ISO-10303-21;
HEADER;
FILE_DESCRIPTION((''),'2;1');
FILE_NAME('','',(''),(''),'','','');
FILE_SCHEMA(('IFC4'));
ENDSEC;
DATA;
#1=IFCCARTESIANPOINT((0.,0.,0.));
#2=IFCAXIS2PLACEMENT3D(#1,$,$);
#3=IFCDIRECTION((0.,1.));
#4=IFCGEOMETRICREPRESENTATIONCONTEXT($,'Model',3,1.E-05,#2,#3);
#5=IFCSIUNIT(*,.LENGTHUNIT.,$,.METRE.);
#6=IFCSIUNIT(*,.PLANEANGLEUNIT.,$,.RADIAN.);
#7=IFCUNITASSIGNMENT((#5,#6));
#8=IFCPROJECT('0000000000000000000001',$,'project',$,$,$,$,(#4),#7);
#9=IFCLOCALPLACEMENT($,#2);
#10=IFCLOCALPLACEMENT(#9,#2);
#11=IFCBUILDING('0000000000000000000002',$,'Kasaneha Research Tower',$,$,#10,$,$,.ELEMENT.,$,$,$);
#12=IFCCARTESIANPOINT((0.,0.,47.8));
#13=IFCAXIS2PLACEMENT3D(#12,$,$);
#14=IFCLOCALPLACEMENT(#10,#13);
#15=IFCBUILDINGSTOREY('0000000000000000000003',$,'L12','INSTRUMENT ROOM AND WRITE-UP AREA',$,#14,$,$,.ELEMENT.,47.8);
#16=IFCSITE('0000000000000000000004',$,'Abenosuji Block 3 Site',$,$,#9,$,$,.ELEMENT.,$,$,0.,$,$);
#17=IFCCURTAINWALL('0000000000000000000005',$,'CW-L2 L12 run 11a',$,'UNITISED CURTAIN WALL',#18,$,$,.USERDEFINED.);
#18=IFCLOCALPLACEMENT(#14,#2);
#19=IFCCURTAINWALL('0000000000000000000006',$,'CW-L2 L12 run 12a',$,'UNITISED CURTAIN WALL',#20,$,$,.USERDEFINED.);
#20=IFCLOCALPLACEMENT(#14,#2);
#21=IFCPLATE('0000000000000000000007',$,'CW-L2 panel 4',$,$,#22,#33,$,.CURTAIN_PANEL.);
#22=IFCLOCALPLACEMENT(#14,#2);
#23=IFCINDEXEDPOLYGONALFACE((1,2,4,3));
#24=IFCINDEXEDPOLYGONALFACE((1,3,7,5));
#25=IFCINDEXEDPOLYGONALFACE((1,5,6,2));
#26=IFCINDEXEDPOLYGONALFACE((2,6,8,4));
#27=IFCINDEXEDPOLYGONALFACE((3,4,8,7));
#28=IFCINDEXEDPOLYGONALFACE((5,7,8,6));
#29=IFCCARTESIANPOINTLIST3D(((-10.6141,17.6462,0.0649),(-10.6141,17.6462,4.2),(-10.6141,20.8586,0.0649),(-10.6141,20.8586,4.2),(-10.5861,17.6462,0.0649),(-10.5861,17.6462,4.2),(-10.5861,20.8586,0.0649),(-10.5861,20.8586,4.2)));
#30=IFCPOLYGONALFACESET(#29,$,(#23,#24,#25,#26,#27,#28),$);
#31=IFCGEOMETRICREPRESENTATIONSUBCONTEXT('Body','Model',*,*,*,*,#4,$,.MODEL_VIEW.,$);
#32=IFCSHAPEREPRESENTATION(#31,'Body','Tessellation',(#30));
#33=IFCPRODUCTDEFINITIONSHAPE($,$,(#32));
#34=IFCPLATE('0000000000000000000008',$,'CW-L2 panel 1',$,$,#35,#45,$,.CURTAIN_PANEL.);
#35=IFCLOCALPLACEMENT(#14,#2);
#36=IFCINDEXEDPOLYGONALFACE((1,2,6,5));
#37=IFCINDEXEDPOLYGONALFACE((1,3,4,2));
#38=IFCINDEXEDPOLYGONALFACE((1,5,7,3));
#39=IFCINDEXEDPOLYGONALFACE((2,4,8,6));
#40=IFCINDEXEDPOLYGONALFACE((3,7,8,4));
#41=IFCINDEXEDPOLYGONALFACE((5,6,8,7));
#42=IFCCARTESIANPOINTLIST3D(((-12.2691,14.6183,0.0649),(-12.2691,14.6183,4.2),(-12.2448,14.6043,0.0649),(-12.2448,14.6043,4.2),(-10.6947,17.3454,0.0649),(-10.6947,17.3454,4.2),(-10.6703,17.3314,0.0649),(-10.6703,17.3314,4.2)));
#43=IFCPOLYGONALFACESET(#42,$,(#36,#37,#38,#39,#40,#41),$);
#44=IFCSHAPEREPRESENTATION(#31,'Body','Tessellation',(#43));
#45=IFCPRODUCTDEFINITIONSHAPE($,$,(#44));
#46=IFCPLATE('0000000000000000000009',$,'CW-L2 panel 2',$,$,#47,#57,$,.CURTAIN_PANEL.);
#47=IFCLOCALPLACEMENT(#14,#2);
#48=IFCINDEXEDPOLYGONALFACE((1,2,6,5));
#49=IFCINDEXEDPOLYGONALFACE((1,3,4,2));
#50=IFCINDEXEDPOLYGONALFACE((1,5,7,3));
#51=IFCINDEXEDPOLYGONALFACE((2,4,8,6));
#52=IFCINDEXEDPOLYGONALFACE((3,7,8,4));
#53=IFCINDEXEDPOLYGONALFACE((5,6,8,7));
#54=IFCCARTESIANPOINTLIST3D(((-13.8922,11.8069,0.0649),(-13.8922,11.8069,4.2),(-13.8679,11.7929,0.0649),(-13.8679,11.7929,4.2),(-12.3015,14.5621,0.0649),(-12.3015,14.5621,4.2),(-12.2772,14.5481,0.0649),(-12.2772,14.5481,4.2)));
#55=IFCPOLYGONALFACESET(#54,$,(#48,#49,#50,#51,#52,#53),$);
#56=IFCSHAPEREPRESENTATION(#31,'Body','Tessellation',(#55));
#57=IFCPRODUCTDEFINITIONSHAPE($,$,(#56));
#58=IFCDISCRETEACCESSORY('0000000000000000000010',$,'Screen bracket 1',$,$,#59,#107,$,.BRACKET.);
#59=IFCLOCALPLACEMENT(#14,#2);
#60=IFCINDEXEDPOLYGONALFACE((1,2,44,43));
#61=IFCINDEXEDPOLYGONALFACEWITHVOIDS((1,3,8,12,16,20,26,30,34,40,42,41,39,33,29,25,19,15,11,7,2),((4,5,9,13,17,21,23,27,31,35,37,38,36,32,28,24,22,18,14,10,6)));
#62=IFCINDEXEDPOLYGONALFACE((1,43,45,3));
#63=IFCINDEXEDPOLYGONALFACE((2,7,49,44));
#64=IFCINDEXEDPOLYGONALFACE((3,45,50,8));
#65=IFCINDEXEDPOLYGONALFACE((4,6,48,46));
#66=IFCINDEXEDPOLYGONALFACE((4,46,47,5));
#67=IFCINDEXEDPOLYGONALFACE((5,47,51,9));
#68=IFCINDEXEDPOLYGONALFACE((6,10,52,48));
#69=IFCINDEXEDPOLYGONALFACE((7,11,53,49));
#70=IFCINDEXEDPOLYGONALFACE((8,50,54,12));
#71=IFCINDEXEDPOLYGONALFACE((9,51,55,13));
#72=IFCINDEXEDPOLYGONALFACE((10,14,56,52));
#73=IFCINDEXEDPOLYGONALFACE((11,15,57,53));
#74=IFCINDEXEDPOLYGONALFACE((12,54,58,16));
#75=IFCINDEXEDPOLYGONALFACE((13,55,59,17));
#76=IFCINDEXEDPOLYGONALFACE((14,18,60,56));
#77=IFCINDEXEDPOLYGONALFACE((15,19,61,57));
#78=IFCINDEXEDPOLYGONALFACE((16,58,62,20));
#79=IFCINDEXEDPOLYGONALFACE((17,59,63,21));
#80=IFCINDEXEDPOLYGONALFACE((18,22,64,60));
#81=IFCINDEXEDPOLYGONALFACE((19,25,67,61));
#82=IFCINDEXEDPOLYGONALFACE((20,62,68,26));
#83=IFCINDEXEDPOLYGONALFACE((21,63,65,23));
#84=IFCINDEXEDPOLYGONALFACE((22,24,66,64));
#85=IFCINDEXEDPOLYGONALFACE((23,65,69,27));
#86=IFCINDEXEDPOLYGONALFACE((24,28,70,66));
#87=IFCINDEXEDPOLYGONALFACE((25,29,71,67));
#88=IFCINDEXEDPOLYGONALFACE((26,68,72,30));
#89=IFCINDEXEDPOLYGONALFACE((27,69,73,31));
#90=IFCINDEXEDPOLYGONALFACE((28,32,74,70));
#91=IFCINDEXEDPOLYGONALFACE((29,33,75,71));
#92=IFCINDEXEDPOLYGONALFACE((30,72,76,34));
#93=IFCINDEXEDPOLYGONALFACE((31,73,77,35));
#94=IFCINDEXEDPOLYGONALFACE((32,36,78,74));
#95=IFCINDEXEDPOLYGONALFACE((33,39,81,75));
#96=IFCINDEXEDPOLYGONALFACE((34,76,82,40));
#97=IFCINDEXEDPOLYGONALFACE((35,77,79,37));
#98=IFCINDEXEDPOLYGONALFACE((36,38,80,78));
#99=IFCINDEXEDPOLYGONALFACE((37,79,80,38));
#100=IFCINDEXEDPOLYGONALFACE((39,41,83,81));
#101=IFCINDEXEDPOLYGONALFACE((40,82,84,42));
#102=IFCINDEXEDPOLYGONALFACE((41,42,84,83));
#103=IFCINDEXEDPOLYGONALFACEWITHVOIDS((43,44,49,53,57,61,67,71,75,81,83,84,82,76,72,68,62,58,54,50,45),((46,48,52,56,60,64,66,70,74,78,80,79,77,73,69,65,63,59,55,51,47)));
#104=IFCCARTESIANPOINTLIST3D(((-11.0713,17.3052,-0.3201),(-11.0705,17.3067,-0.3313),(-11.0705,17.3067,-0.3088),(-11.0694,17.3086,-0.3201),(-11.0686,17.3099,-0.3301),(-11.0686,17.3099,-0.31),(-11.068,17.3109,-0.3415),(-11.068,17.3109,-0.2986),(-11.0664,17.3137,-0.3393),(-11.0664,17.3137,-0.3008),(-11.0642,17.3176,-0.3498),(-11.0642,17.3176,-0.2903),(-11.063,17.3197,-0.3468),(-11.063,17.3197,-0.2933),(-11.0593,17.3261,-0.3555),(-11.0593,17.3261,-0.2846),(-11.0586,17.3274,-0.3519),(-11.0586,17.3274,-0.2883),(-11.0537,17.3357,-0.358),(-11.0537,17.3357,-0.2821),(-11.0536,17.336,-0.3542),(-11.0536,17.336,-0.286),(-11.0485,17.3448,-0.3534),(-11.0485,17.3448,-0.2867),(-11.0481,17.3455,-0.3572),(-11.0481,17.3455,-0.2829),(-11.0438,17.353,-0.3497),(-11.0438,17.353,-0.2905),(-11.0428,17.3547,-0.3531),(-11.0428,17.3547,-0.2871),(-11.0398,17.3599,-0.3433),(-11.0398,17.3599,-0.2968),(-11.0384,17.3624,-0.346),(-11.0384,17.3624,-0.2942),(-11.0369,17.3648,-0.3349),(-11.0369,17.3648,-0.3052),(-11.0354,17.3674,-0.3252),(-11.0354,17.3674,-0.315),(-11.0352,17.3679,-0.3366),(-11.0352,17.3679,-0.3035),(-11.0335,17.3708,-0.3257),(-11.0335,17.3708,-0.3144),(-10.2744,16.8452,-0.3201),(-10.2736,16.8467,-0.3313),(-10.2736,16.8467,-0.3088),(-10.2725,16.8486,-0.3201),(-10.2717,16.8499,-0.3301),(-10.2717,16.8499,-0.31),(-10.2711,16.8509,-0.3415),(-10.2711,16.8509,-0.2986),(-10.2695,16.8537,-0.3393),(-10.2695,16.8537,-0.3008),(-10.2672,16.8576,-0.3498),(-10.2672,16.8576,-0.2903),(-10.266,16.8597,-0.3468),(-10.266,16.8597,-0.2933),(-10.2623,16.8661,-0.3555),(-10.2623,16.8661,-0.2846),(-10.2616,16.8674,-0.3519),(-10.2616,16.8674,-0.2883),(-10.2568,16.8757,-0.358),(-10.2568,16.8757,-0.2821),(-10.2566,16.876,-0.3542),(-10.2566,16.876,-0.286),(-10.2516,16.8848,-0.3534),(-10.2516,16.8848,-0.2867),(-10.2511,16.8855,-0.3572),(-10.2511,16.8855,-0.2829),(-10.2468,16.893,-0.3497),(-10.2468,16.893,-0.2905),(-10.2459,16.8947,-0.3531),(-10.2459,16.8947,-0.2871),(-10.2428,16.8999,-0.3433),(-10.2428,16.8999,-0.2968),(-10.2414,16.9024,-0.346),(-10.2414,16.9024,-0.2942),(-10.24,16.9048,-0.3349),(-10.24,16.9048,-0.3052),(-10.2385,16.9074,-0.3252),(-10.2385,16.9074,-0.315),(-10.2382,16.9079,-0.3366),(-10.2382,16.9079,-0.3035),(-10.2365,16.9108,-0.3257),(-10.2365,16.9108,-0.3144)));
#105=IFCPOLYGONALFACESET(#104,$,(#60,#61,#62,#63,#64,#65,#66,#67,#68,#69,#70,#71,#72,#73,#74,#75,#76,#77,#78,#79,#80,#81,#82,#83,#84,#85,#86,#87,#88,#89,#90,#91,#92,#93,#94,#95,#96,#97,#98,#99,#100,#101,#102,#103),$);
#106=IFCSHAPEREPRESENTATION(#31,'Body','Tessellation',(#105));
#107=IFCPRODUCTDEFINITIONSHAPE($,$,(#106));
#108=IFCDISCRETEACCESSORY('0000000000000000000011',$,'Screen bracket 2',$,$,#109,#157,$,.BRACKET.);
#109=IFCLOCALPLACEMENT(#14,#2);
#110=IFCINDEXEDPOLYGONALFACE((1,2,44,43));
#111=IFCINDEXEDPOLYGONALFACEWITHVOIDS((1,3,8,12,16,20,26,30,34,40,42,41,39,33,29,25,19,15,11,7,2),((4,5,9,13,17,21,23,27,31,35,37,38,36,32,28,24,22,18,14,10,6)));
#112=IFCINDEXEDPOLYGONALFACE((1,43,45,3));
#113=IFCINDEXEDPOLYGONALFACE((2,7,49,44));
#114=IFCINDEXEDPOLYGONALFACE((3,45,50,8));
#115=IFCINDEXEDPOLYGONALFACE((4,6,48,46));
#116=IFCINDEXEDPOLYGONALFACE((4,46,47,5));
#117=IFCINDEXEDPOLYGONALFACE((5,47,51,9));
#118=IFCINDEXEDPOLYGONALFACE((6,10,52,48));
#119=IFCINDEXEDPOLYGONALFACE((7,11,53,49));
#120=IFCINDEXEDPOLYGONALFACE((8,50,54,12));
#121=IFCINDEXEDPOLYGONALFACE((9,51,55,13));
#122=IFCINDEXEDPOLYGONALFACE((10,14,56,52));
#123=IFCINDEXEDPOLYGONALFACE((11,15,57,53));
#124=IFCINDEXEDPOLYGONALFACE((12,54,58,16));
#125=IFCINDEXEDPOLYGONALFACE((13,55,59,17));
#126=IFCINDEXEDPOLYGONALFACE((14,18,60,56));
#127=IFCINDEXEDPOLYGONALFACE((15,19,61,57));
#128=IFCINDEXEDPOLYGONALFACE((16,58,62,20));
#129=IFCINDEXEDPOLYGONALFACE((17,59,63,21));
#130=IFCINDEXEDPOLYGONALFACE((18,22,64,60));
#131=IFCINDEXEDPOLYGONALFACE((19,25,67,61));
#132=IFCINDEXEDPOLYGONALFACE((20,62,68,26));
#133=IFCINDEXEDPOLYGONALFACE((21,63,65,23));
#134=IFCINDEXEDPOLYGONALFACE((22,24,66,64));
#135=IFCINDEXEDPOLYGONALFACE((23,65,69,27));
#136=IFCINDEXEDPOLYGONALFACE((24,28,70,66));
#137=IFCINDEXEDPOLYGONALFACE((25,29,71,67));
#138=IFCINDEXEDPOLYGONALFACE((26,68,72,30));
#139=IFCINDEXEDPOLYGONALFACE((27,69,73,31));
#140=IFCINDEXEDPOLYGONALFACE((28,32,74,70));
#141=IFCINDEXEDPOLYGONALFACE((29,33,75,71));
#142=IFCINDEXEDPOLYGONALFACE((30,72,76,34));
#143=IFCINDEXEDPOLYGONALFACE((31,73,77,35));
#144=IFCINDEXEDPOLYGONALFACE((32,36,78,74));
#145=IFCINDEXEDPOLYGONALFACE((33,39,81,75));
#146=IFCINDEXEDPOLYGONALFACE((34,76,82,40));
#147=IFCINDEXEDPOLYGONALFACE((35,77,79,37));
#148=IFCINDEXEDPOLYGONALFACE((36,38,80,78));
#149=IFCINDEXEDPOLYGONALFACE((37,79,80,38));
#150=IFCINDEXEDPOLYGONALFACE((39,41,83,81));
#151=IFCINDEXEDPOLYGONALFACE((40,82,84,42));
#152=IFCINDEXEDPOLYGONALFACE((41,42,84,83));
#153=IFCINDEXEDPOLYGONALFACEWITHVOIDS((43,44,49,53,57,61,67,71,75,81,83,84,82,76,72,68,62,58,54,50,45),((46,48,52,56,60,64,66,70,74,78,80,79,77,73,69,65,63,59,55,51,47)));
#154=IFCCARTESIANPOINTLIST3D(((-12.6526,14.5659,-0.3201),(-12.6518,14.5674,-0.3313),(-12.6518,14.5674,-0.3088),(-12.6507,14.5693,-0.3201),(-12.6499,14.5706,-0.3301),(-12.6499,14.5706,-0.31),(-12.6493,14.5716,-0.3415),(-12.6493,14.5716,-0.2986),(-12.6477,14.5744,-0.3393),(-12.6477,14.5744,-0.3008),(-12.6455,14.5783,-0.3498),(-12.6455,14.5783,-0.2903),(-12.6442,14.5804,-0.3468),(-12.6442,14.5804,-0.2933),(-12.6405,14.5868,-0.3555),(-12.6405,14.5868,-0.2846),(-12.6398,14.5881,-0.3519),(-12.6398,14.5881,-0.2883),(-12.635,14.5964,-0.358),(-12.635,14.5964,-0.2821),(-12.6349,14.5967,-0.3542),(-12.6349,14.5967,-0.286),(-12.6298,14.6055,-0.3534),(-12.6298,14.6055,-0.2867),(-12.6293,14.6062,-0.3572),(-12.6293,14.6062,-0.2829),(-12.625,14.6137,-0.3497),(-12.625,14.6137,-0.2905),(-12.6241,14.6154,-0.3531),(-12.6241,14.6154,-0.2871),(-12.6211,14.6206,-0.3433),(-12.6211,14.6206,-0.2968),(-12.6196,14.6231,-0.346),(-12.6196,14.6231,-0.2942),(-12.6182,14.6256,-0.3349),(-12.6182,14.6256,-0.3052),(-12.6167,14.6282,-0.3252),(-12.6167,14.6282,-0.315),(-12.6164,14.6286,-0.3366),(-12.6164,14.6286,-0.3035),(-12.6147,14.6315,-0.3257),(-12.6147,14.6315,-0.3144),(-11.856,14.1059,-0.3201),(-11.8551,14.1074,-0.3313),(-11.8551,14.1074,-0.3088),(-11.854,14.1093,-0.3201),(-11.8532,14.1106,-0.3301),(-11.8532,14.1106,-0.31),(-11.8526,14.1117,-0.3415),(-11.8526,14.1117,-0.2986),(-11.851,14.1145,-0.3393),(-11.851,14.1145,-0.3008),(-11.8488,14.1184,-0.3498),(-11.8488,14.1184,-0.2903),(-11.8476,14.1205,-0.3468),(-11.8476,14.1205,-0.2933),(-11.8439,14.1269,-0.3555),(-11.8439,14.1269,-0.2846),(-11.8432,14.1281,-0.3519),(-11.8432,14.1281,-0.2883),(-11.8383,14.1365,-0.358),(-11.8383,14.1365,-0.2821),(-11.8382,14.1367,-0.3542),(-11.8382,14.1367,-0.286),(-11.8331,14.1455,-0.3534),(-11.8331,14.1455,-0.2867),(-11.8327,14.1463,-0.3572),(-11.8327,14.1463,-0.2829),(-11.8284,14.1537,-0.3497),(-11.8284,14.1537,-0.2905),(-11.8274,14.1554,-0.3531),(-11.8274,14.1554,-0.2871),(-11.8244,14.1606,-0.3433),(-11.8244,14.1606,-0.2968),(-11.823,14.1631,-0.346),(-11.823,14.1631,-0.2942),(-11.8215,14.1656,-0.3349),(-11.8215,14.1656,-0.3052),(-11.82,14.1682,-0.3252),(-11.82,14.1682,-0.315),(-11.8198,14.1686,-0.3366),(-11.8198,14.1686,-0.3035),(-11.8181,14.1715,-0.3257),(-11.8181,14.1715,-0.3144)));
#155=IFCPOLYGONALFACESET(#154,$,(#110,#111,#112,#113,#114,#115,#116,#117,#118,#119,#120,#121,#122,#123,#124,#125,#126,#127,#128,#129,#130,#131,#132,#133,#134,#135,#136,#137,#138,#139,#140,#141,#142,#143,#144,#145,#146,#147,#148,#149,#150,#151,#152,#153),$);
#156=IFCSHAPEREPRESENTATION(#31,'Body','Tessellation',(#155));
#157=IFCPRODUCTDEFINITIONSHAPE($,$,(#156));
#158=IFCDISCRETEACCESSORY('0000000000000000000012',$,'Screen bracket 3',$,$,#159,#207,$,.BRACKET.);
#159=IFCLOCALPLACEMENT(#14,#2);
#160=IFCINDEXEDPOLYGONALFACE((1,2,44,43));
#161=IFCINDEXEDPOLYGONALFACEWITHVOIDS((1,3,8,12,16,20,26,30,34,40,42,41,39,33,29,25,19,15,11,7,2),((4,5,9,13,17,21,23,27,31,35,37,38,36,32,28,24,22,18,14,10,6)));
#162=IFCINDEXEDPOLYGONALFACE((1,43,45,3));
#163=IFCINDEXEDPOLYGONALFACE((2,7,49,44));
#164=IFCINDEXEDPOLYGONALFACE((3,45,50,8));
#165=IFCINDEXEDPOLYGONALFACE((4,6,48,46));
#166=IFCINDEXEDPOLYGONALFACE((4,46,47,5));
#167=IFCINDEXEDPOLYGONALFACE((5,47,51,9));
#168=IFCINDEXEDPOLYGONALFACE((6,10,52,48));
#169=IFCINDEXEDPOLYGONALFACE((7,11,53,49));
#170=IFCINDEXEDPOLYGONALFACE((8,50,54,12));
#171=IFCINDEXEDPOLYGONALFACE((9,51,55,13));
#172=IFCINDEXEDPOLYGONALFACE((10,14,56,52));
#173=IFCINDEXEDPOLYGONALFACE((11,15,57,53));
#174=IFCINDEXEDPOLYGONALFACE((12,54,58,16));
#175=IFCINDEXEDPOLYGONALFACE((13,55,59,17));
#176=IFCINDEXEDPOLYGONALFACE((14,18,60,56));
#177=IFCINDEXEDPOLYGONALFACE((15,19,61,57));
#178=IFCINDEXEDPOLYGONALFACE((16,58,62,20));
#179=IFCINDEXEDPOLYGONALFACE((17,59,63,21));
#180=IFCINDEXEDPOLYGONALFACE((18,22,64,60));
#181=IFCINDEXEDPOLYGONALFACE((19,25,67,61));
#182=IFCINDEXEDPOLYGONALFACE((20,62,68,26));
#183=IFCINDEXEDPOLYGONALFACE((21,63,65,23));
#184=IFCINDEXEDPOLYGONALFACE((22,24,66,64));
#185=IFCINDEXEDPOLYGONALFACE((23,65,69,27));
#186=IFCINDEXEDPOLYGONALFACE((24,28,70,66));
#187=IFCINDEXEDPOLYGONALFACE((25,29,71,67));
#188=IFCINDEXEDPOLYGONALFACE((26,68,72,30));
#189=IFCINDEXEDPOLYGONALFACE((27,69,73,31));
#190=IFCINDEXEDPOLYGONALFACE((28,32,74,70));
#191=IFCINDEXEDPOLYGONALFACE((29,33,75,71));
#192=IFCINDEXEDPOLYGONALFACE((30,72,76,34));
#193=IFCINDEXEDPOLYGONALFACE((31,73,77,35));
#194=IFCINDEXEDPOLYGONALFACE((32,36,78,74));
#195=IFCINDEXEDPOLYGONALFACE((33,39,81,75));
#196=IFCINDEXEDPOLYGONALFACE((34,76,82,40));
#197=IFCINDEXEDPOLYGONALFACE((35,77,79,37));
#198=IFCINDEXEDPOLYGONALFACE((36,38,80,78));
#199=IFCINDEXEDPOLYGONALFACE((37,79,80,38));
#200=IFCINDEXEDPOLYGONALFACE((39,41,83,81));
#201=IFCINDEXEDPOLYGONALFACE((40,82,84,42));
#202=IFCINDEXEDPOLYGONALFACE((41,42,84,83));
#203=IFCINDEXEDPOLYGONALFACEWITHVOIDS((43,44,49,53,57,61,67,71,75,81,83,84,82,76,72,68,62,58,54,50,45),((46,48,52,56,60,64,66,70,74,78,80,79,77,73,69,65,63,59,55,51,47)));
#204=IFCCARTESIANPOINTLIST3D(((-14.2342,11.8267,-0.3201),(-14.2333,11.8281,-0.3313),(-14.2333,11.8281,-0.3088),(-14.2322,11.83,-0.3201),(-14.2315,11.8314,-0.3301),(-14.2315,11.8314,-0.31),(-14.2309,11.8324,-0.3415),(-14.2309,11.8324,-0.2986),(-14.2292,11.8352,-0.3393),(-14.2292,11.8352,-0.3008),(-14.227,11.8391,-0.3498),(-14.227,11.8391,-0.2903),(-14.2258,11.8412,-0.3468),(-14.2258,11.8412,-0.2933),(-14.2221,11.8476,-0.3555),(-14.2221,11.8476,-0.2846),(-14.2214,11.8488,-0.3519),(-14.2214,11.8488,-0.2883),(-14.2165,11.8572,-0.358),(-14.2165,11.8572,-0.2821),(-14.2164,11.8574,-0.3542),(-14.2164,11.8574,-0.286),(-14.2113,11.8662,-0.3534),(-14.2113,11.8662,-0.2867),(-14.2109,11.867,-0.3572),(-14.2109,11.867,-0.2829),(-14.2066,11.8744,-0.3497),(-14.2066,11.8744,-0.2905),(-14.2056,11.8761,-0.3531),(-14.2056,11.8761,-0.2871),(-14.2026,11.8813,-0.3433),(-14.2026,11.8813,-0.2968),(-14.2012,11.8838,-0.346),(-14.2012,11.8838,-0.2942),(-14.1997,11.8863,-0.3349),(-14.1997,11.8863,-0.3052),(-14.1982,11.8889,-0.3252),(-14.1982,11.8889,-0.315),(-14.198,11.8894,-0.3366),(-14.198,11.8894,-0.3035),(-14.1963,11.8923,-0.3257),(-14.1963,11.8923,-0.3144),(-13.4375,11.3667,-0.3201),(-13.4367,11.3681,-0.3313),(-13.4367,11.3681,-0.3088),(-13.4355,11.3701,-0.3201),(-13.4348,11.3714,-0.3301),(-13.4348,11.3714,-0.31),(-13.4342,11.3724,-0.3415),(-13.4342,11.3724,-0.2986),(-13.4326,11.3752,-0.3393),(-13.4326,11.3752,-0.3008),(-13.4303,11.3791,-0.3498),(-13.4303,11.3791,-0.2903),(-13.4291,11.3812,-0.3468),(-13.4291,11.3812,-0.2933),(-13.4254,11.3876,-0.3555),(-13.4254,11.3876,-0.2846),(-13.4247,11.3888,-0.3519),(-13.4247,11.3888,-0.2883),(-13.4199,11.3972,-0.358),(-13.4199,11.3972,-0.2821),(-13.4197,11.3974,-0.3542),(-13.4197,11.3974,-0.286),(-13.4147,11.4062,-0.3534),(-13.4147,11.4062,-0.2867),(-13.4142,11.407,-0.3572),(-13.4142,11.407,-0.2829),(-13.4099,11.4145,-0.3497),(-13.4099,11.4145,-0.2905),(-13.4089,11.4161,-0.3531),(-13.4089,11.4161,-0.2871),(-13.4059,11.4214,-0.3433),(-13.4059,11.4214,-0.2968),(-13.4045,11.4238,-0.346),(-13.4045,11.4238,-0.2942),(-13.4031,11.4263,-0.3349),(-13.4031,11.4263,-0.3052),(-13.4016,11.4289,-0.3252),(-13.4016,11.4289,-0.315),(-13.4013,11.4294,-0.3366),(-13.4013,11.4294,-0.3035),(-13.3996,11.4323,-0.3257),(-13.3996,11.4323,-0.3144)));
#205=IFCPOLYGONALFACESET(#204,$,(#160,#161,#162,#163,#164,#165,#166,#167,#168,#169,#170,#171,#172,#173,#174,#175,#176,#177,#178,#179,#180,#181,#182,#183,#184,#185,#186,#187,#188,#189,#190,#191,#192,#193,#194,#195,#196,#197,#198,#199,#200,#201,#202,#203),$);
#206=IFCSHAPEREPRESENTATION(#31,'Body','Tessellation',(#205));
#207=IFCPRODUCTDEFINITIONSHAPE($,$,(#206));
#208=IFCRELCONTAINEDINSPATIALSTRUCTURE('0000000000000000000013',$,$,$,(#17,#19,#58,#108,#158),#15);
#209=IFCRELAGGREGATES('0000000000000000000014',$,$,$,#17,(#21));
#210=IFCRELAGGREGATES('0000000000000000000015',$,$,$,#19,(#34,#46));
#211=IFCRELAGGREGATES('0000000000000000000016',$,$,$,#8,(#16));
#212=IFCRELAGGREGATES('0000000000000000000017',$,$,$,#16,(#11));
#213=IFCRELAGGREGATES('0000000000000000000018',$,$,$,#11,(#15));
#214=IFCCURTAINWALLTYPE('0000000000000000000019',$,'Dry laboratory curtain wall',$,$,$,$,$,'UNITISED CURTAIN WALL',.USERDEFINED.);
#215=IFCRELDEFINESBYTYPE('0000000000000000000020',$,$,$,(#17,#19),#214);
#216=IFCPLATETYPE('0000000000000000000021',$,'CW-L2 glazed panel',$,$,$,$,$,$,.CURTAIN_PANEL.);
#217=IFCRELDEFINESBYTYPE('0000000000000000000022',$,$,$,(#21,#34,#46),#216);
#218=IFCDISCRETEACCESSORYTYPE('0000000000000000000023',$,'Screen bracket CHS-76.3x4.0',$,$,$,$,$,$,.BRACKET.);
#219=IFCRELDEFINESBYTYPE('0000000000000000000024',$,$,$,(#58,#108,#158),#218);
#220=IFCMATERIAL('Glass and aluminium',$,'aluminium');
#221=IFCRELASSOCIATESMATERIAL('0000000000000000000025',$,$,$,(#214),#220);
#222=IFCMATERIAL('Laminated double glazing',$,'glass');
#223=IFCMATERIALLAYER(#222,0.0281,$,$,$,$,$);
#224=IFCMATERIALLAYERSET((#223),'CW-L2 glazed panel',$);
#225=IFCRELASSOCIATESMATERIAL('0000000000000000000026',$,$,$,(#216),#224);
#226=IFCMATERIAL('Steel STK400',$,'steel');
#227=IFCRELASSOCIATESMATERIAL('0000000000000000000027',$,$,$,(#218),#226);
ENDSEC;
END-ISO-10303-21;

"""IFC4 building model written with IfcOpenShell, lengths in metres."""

from ifc_helpers import new_model, si_unit, direction, frame, origin, origin_2d, place, context, subcontext, project, spatial, rectangle, hollow_circle, extrude, material, layer, layer_set, material_profile, profile_set, type_object, element, aggregate, save


model = new_model("IFC4")

# Units and contexts
model_context = context("Model", 3, precision=1e-05, world=origin(), true_north=direction((0.0, 1.0)))
body_context = subcontext(model_context, "Body", "Model", "MODEL_VIEW")
ifc_project = project(units=[si_unit("LENGTHUNIT", "METRE"), si_unit("PLANEANGLEUNIT", "RADIAN")], contexts=[model_context])

# Site, building, storey
site_placement = place(None, origin())
site = spatial("IfcSite", under=ifc_project, at=site_placement, Name="Abenosuji Block 3 Site", CompositionType="ELEMENT", RefElevation=0.0)
building_placement = place(site_placement, origin())
building = spatial("IfcBuilding", under=site, at=building_placement, Name="Kasaneha Research Tower", CompositionType="ELEMENT")
storey_placement = place(building_placement, frame((0.0, 0.0, 47.8)))
storey = spatial("IfcBuildingStorey", under=building, at=storey_placement, Name="L12", Description="INSTRUMENT ROOM AND WRITE-UP AREA", CompositionType="ELEMENT", Elevation=47.8)

# Curtain walls
ifc_material_1 = material(Name="Glass and aluminium", Category="aluminium")
curtain_wall_type = type_object("IfcCurtainWallType", Name="Dry laboratory curtain wall", ElementType="UNITISED CURTAIN WALL", PredefinedType="USERDEFINED", material=ifc_material_1)
curtain_wall_1_placement = place(storey_placement, origin())
curtain_wall_1 = element("IfcCurtainWall", 1, at=curtain_wall_1_placement, inside=storey, type_object=curtain_wall_type, Name="CW-L2 L12 run 11a", ObjectType="UNITISED CURTAIN WALL", PredefinedType="USERDEFINED")
curtain_wall_2_placement = place(storey_placement, origin())
curtain_wall_2 = element("IfcCurtainWall", 2, at=curtain_wall_2_placement, inside=storey, type_object=curtain_wall_type, Name="CW-L2 L12 run 12a", ObjectType="UNITISED CURTAIN WALL", PredefinedType="USERDEFINED")

# Plates
ifc_material_2 = material(Name="Laminated double glazing", Category="glass")
ifc_layer = layer(ifc_material_2, 0.0281)
ifc_layer_set = layer_set([ifc_layer], Name="CW-L2 glazed panel")
plate_type = type_object("IfcPlateType", Name="CW-L2 glazed panel", PredefinedType="CURTAIN_PANEL", material=ifc_layer_set)
plate_1_placement = place(storey_placement, frame((-10.6001, 19.2524, 0.0649), z_axis=(0.0, 0.0, 1.0), x_axis=(0.0, -1.0, 0.0)))
plate_1 = element("IfcPlate", 3, at=plate_1_placement, type_object=plate_type, Name="CW-L2 panel 4", PredefinedType="CURTAIN_PANEL", context=body_context, shape_type="SweptSolid", body=[
    extrude(rectangle(XDim=3.2124, YDim=0.0281, at=origin_2d()), origin(), (0.0, 0.0, 1.0), 4.135),
])
aggregate(curtain_wall_1, [plate_1])
plate_2_placement = place(storey_placement, frame((-11.4697, 15.9749, 0.0649), z_axis=(0.0, 0.0, 1.0), x_axis=(-0.5, -0.866025, 0.0)))
plate_2 = element("IfcPlate", 4, at=plate_2_placement, type_object=plate_type, Name="CW-L2 panel 1", PredefinedType="CURTAIN_PANEL", context=body_context, shape_type="SweptSolid", body=[
    extrude(rectangle(XDim=3.1489, YDim=0.0281, at=origin_2d()), origin(), (0.0, 0.0, 1.0), 4.135),
])
plate_3_placement = place(storey_placement, frame((-13.0847, 13.1775, 0.0649), z_axis=(0.0, 0.0, 1.0), x_axis=(-0.5, -0.866025, 0.0)))
plate_3 = element("IfcPlate", 5, at=plate_3_placement, type_object=plate_type, Name="CW-L2 panel 2", PredefinedType="CURTAIN_PANEL", context=body_context, shape_type="SweptSolid", body=[
    extrude(rectangle(XDim=3.1814, YDim=0.0281, at=origin_2d()), origin(), (0.0, 0.0, 1.0), 4.135),
])
aggregate(curtain_wall_2, [plate_2, plate_3])

# Discrete accessories
ifc_material_3 = material(Name="Steel STK400", Category="steel")
ifc_material_profile_1 = material_profile(ifc_material_3, hollow_circle(Radius=0.0381, WallThickness=0.0039, at=origin_2d()), Name="CHS-76.3x4.0")
ifc_profile_set_1 = profile_set([ifc_material_profile_1], Name="Steel STK400")
discrete_accessory_type = type_object("IfcDiscreteAccessoryType", Name="Screen bracket CHS-76.3x4.0", PredefinedType="BRACKET", material=ifc_profile_set_1)
discrete_accessory_placement = place(storey_placement, frame((-10.2554, 16.8782, -0.3201), z_axis=(-0.86608, 0.499906, 0.0), x_axis=(-0.499906, -0.86608, 0.0)))
element("IfcDiscreteAccessory", 6, at=discrete_accessory_placement, inside=storey, type_object=discrete_accessory_type, Name="Screen bracket 1", PredefinedType="BRACKET", context=body_context, shape_type="SweptSolid", body=[
    extrude(hollow_circle(Radius=0.0381, WallThickness=0.0039, at=origin_2d()), origin(), (0.0, 0.0, 1.0), 0.9202),
])
for number, where, z_axis, x_axis, name in (
    (7, (-11.8369, 14.1389, -0.3201), (-0.866013, 0.500021, 0.0), (-0.500021, -0.866013, 0.0), "Screen bracket 2"),
    (8, (-13.4185, 11.3997, -0.3201), (-0.866013, 0.500021, 0.0), (-0.500021, -0.866013, 0.0), "Screen bracket 3"),
):
    element("IfcDiscreteAccessory", number, at=place(storey_placement, frame(where, z_axis=z_axis, x_axis=x_axis)), inside=storey, type_object=discrete_accessory_type, Name=name, PredefinedType="BRACKET", context=body_context, shape_type="SweptSolid", body=[
        extrude(hollow_circle(Radius=0.0381, WallThickness=0.0039, at=origin_2d()), origin(), (0.0, 0.0, 1.0), 0.9199),
    ])

save(model, "model.ifc")
